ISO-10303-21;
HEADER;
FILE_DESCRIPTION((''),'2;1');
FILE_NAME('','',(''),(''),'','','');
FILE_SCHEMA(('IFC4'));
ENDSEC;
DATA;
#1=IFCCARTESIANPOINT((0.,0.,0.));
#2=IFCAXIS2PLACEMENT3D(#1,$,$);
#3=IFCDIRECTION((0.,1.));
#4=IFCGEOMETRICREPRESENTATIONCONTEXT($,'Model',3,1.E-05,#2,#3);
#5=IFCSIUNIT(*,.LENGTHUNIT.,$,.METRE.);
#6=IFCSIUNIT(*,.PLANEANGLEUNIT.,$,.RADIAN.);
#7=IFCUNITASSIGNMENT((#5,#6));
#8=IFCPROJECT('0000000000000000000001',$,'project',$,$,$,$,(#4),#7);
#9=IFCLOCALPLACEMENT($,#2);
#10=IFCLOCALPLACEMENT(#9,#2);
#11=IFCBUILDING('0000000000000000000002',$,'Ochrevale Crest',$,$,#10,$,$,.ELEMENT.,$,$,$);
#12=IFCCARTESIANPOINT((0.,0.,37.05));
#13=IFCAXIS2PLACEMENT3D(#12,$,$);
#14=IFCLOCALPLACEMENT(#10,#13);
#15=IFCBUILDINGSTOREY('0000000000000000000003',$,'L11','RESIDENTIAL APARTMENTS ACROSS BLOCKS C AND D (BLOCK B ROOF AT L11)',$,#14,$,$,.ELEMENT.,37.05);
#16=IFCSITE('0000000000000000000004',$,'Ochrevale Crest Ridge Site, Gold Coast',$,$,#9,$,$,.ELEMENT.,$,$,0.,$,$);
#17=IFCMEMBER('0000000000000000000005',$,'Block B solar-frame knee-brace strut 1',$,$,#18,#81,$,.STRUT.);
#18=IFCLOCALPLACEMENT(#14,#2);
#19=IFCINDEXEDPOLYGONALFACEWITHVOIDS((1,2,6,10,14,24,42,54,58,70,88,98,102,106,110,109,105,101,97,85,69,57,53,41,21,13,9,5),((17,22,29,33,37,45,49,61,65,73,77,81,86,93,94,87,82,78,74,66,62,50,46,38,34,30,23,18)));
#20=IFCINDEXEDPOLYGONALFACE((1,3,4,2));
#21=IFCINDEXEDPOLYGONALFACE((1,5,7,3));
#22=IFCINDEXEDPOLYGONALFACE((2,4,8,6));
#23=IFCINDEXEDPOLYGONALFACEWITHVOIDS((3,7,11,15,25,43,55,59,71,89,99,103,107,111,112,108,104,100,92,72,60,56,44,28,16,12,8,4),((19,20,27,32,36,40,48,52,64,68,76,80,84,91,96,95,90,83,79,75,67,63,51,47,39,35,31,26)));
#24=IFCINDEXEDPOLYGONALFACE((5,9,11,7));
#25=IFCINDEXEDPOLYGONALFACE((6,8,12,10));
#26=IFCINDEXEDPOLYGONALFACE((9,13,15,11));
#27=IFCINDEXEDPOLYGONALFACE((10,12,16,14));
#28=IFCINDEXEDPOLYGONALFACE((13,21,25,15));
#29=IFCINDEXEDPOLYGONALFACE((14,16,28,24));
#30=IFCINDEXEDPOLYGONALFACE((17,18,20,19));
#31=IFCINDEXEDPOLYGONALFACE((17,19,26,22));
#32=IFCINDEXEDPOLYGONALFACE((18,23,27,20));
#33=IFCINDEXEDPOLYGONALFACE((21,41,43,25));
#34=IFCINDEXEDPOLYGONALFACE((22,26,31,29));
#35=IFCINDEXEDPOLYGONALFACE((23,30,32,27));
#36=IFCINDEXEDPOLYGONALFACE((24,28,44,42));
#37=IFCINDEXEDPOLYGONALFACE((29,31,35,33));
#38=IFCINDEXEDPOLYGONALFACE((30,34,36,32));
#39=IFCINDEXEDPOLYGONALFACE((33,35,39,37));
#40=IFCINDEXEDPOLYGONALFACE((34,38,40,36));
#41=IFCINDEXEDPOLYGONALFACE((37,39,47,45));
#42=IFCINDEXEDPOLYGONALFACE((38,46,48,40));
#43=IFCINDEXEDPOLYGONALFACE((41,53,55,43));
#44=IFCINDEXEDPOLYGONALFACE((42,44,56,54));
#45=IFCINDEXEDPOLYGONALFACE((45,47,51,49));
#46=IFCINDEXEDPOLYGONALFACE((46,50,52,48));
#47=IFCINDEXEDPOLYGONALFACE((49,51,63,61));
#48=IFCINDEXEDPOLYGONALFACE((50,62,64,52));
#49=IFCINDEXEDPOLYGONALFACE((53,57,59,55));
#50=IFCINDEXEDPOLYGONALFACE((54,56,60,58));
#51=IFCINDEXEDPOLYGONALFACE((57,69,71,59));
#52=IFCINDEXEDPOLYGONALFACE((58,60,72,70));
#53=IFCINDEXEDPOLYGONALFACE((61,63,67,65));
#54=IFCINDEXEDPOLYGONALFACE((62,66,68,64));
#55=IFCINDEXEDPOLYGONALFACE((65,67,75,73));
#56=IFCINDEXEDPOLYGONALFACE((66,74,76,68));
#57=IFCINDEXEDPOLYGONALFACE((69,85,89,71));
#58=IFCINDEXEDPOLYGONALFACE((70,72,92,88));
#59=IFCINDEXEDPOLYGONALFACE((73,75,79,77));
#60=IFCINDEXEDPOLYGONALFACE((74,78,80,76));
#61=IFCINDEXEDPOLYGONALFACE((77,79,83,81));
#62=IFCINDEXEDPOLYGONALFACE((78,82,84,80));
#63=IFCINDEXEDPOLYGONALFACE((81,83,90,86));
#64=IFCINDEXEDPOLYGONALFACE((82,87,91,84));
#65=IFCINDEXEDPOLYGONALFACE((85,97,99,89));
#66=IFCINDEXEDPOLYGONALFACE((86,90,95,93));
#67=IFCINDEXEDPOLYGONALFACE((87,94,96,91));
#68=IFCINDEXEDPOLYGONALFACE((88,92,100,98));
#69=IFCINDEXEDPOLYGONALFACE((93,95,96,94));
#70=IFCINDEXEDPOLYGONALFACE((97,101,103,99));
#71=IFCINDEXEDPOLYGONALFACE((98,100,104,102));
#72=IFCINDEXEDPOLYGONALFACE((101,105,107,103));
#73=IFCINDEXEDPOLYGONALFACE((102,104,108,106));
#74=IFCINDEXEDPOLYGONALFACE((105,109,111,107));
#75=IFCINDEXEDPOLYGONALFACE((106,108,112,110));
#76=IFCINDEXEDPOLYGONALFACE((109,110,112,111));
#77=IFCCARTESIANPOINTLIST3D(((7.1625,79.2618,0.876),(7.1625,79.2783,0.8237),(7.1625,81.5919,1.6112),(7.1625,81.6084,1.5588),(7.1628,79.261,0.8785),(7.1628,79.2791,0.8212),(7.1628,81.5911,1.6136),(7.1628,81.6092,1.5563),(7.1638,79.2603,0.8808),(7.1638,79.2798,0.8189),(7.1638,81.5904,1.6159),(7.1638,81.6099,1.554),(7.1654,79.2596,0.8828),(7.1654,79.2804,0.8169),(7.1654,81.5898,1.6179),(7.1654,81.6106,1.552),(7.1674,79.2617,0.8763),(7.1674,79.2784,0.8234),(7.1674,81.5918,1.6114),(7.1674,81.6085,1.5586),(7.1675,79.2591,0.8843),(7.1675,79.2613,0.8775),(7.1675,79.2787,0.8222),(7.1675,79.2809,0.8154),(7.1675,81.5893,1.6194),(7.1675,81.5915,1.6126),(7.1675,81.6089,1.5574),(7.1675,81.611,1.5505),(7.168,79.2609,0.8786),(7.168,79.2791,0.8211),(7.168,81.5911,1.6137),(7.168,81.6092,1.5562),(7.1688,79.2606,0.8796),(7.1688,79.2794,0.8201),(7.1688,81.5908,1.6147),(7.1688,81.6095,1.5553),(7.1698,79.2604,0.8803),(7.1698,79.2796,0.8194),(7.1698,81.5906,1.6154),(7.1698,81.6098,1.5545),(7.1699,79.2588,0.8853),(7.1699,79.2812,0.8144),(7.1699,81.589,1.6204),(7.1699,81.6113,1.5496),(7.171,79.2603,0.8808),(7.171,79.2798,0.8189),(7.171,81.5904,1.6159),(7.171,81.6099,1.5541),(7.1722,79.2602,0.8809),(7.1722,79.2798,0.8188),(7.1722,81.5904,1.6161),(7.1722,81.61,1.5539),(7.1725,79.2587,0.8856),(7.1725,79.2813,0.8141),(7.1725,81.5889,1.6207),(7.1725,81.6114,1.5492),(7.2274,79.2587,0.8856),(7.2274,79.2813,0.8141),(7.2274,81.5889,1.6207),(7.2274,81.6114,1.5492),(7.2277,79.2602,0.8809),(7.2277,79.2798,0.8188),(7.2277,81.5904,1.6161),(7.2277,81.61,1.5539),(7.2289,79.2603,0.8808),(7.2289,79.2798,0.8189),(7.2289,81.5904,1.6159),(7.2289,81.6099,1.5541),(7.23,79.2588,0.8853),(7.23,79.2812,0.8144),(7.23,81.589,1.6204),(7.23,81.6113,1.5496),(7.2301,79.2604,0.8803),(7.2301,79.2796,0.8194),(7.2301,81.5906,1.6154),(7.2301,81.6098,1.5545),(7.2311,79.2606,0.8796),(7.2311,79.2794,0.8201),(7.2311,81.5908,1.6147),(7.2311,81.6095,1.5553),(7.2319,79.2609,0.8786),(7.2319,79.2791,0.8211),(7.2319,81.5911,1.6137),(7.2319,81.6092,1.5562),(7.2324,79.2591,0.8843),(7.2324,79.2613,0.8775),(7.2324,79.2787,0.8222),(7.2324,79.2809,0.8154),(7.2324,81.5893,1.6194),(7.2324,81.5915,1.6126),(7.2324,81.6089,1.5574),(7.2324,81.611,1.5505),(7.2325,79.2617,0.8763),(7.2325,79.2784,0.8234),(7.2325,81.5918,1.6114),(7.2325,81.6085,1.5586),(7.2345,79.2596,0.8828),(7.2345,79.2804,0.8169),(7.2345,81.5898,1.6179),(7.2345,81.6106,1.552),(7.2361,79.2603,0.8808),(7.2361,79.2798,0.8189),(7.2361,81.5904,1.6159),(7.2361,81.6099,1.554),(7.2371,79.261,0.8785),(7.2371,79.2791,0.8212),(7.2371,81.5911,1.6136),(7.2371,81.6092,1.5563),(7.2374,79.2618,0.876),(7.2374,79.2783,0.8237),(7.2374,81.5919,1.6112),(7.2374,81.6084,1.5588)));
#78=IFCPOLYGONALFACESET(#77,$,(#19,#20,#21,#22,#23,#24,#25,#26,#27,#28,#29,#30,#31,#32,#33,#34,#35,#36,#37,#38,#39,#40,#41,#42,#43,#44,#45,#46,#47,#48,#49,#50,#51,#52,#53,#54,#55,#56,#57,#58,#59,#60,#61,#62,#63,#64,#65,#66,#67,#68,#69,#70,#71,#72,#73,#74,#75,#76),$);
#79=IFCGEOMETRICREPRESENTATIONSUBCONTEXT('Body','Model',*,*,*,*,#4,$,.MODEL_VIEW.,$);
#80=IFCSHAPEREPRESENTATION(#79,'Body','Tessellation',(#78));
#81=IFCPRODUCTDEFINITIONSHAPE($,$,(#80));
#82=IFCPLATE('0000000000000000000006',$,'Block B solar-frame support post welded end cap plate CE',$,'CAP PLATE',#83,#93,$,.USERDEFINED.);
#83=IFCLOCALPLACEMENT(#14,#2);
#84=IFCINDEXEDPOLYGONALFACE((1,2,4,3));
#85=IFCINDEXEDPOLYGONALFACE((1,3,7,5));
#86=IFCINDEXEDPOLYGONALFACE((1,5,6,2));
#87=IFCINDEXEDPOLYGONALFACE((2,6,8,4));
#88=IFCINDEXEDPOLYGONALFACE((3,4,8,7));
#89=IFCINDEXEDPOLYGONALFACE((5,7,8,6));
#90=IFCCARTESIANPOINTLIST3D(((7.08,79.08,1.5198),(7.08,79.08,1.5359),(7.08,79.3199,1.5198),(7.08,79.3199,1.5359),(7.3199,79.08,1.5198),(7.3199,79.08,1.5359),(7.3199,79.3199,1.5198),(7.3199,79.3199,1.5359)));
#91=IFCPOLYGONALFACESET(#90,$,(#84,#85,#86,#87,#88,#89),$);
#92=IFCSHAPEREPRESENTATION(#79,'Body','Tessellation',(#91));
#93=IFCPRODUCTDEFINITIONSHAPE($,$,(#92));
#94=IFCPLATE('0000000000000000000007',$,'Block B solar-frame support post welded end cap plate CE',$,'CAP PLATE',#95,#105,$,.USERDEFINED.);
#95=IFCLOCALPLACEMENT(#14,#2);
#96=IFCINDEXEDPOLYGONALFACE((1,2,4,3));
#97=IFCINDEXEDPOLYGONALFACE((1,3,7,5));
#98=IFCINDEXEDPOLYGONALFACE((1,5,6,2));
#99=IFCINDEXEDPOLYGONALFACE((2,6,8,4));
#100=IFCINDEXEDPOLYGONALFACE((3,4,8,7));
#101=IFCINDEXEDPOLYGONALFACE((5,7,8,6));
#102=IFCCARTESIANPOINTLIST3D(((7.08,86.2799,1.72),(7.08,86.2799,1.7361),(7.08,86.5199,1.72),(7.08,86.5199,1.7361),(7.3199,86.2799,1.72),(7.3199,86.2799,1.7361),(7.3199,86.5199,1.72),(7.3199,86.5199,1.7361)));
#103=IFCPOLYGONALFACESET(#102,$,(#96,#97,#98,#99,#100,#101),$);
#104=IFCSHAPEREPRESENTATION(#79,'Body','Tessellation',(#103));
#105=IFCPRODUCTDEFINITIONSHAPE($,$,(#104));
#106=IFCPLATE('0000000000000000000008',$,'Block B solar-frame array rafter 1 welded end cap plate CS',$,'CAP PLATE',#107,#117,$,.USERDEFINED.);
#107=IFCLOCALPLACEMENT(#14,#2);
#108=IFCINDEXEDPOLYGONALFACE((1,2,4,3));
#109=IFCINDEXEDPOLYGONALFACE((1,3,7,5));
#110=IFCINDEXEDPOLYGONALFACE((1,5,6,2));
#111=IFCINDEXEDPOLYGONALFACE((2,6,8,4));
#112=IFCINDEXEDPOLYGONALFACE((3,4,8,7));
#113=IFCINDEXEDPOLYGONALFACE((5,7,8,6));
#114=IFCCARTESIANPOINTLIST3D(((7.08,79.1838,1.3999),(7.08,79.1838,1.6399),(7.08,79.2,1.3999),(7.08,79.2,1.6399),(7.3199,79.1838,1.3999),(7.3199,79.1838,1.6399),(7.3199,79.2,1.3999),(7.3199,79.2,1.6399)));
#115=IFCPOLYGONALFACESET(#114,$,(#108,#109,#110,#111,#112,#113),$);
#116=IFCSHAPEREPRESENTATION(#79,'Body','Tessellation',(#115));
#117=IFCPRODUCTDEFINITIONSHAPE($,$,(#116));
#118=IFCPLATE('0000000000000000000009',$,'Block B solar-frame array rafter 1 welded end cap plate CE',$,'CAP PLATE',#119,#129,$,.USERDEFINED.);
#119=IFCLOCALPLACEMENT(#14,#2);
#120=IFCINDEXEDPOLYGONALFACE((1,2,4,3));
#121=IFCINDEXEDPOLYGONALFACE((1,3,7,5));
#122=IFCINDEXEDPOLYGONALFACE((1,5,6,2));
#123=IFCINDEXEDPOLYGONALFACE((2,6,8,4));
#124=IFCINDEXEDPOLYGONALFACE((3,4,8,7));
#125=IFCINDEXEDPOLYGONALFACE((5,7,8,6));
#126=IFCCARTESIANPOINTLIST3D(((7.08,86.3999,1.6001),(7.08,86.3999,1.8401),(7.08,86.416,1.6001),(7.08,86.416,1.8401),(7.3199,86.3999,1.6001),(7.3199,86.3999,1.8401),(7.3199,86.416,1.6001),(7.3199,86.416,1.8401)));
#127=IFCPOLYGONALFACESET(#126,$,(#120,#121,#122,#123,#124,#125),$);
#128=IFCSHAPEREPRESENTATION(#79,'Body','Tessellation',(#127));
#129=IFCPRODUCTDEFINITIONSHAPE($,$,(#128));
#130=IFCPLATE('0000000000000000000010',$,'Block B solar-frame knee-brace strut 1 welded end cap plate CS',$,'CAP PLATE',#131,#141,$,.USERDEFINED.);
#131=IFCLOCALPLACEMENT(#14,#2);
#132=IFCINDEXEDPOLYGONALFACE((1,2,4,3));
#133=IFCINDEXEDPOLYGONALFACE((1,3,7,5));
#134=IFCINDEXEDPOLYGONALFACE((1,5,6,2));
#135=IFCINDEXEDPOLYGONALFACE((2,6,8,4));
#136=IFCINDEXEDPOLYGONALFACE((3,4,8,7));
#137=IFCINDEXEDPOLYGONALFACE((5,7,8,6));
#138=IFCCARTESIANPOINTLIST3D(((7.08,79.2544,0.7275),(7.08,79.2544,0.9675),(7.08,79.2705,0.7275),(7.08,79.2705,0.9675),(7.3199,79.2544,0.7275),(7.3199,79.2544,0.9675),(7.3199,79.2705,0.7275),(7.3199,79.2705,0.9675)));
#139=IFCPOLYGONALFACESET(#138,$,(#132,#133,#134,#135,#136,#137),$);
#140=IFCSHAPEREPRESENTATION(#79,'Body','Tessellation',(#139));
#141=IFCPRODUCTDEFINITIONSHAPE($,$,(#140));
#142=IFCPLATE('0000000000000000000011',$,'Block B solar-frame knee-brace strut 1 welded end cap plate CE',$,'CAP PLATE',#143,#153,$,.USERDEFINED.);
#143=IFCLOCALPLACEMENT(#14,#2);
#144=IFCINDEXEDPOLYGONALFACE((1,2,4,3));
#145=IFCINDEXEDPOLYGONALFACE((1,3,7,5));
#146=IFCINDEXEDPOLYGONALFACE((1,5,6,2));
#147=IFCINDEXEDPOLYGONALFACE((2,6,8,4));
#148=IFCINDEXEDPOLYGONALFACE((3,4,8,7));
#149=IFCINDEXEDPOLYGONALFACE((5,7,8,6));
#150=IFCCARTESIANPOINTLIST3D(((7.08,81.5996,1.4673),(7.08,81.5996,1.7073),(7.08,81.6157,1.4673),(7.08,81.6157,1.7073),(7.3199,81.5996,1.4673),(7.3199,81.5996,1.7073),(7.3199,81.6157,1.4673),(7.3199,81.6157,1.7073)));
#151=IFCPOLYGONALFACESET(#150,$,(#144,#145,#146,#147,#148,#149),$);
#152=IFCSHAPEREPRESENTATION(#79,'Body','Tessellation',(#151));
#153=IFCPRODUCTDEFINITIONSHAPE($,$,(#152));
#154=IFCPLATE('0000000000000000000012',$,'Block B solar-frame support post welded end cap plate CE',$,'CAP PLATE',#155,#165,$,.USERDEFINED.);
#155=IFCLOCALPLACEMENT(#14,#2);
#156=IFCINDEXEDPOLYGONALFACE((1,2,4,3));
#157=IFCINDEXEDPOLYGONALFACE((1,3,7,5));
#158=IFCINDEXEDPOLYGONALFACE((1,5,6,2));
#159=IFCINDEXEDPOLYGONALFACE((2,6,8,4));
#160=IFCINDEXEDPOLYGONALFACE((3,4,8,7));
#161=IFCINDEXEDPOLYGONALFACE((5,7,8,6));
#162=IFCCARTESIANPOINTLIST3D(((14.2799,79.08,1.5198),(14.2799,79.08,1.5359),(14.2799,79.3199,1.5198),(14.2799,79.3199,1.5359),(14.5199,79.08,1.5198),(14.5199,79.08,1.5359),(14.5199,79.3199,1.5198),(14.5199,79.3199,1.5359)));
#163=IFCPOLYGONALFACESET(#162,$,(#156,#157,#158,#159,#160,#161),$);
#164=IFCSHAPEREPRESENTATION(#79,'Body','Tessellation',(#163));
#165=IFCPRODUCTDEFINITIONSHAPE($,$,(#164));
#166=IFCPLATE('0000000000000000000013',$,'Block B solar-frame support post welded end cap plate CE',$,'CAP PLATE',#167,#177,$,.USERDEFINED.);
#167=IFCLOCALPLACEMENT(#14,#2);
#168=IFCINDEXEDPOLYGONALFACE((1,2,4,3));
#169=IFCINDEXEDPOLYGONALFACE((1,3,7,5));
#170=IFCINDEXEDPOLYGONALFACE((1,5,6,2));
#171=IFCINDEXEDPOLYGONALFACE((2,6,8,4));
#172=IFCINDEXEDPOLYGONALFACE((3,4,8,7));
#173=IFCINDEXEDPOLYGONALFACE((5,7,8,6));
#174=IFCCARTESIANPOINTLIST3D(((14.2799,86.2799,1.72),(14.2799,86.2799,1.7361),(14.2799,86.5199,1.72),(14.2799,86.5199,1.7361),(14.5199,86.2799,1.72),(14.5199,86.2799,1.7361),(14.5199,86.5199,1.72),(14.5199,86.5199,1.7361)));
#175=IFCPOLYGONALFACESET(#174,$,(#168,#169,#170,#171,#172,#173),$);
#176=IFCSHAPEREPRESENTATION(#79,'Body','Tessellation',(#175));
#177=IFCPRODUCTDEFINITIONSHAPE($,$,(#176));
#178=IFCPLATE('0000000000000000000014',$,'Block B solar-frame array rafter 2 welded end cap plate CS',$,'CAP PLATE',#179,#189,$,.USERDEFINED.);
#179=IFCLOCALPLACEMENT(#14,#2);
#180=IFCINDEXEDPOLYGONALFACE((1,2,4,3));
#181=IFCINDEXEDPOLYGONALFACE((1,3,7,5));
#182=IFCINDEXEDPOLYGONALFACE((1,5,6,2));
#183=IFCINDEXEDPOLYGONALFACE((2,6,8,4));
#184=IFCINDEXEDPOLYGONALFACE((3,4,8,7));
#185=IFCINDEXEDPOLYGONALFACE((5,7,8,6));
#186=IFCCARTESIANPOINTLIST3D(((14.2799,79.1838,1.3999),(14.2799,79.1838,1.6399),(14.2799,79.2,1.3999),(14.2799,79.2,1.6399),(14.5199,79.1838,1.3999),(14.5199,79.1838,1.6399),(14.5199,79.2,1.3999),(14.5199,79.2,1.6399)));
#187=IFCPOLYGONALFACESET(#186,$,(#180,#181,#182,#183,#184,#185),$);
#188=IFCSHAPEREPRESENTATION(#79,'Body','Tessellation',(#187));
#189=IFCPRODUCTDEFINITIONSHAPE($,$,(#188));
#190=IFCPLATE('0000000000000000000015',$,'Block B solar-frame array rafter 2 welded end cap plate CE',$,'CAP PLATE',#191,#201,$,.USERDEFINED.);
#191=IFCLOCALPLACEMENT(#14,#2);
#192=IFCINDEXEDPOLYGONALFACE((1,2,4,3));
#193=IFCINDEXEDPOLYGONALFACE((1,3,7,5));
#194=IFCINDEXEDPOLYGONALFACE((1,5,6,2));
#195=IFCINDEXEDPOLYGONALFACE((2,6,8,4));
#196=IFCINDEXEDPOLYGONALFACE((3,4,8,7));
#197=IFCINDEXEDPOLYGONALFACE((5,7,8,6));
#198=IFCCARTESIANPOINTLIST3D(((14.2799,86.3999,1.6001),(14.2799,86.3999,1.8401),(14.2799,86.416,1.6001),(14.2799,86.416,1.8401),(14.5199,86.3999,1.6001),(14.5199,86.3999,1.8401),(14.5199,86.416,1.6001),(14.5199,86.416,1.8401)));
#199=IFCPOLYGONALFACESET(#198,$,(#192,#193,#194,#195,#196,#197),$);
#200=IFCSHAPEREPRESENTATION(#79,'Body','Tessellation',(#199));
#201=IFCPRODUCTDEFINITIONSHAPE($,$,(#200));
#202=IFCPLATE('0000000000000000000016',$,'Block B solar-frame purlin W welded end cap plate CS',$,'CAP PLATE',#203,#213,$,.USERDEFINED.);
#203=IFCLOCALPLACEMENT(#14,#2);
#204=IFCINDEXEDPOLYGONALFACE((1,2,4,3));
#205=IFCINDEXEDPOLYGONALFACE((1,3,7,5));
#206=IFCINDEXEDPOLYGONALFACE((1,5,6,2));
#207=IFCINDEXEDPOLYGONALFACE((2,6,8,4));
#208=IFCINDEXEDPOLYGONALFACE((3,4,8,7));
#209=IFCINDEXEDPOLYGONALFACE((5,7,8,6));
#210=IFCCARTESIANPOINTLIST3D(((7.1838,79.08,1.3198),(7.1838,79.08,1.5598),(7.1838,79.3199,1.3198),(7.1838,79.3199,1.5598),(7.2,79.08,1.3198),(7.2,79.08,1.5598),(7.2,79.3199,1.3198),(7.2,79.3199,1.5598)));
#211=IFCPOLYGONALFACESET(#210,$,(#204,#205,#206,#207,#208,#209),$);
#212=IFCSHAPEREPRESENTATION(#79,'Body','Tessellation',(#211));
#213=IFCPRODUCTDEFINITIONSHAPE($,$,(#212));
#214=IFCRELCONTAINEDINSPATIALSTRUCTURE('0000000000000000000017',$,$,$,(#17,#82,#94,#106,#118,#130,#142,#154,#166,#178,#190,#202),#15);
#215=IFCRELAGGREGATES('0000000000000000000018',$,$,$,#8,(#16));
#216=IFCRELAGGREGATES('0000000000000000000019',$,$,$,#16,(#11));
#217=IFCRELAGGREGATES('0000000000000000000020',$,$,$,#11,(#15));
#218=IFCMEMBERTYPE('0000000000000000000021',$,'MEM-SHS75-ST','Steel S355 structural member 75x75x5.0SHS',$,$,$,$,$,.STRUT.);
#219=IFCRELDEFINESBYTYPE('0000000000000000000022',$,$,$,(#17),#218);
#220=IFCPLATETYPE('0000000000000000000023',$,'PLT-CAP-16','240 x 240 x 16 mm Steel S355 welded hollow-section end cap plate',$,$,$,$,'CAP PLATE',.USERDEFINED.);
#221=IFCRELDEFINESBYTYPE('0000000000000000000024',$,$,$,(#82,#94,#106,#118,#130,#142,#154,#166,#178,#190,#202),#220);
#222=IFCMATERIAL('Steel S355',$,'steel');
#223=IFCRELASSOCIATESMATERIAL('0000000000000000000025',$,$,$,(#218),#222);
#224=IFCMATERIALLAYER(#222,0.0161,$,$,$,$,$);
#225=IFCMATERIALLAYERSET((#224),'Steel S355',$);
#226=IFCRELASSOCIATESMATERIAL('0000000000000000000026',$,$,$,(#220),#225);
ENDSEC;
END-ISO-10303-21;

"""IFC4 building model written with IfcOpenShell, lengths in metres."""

from ifc_helpers import new_model, si_unit, direction, frame, origin, origin_2d, place, context, subcontext, project, spatial, rectangle, hollow_rectangle, extrude, material, layer, layer_set, material_profile, profile_set, type_object, element, save


model = new_model("IFC4")

# Units and contexts
model_context = context("Model", 3, precision=1e-05, world=origin(), true_north=direction((0.0, 1.0)))
body_context = subcontext(model_context, "Body", "Model", "MODEL_VIEW")
ifc_project = project(units=[si_unit("LENGTHUNIT", "METRE"), si_unit("PLANEANGLEUNIT", "RADIAN")], contexts=[model_context])

# Site, building, storey
site_placement = place(None, origin())
site = spatial("IfcSite", under=ifc_project, at=site_placement, Name="Ochrevale Crest Ridge Site, Gold Coast", CompositionType="ELEMENT", RefElevation=0.0)
building_placement = place(site_placement, origin())
building = spatial("IfcBuilding", under=site, at=building_placement, Name="Ochrevale Crest", CompositionType="ELEMENT")
storey_placement = place(building_placement, frame((0.0, 0.0, 37.05)))
storey = spatial("IfcBuildingStorey", under=building, at=storey_placement, Name="L11", Description="RESIDENTIAL APARTMENTS ACROSS BLOCKS C AND D (BLOCK B ROOF AT L11)", CompositionType="ELEMENT", Elevation=37.05)

# Shared definitions
ifc_material_1 = material(Name="Steel S355", Category="steel")

# Member
ifc_material_profile_1 = material_profile(ifc_material_1, hollow_rectangle(XDim=0.075, YDim=0.075, WallThickness=0.0049, InnerFilletRadius=0.0049, OuterFilletRadius=0.01, at=origin_2d()), Name="75x75x5.0SHS")
ifc_profile_set_1 = profile_set([ifc_material_profile_1], Name="Steel S355")
member_type_1 = type_object("IfcMemberType", Name="MEM-SHS75-ST", Description="Steel S355 structural member 75x75x5.0SHS", PredefinedType="STRUT", material=ifc_profile_set_1)
member_placement = place(storey_placement, frame((7.2, 79.27, 0.8499), z_axis=(0.0, 0.953666, 0.300868), x_axis=(-1.0, 0.0, 0.0)))
element("IfcMember", 1, at=member_placement, inside=storey, type_object=member_type_1, Name="Block B solar-frame knee-brace strut 1", PredefinedType="STRUT", context=body_context, shape_type="SweptSolid", body=[
    extrude(hollow_rectangle(XDim=0.075, YDim=0.075, WallThickness=0.0049, InnerFilletRadius=0.0049, OuterFilletRadius=0.01, at=origin_2d()), origin(), (0.0, 0.0, 1.0), 2.4434),
])

# Plates
ifc_layer_1 = layer(ifc_material_1, 0.0161)
ifc_layer_set_1 = layer_set([ifc_layer_1], Name="Steel S355")
plate_type = type_object("IfcPlateType", Name="PLT-CAP-16", Description="240 x 240 x 16 mm Steel S355 welded hollow-section end cap plate", ElementType="CAP PLATE", PredefinedType="USERDEFINED", material=ifc_layer_set_1)
for number, where, z_axis, x_axis, name in (
    (2, (7.2, 79.2, 1.5198), (0.0, 0.0, 1.0), (1.0, 0.0, 0.0), "Block B solar-frame support post welded end cap plate CE"),
    (3, (7.2, 86.3999, 1.72), (0.0, 0.0, 1.0), (1.0, 0.0, 0.0), "Block B solar-frame support post welded end cap plate CE"),
):
    element("IfcPlate", number, at=place(storey_placement, frame(where, z_axis=z_axis, x_axis=x_axis)), inside=storey, type_object=plate_type, Name=name, ObjectType="CAP PLATE", PredefinedType="USERDEFINED", context=body_context, shape_type="SweptSolid", body=[
        extrude(rectangle(XDim=0.24, YDim=0.24, at=origin_2d()), origin(), (0.0, 0.0, 1.0), 0.0161),
    ])
for number, where, z_axis, x_axis, name in (
    (4, (7.2, 79.1919, 1.3999), (0.0, 0.0, 1.0), (0.0, 1.0, 0.0), "Block B solar-frame array rafter 1 welded end cap plate CS"),
    (5, (7.2, 86.408, 1.6001), (0.0, 0.0, 1.0), (0.0, 1.0, 0.0), "Block B solar-frame array rafter 1 welded end cap plate CE"),
    (6, (7.2, 79.2625, 0.7275), (0.0, 0.0, 1.0), (0.0, 1.0, 0.0), "Block B solar-frame knee-brace strut 1 welded end cap plate CS"),
    (7, (7.2, 81.6077, 1.4673), (0.0, 0.0, 1.0), (0.0, 1.0, 0.0), "Block B solar-frame knee-brace strut 1 welded end cap plate CE"),
):
    element("IfcPlate", number, at=place(storey_placement, frame(where, z_axis=z_axis, x_axis=x_axis)), inside=storey, type_object=plate_type, Name=name, ObjectType="CAP PLATE", PredefinedType="USERDEFINED", context=body_context, shape_type="SweptSolid", body=[
        extrude(rectangle(XDim=0.0161, YDim=0.24, at=origin_2d()), origin(), (0.0, 0.0, 1.0), 0.24),
    ])
for number, where, z_axis, x_axis, name in (
    (8, (14.3999, 79.2, 1.5198), (0.0, 0.0, 1.0), (1.0, 0.0, 0.0), "Block B solar-frame support post welded end cap plate CE"),
    (9, (14.3999, 86.3999, 1.72), (0.0, 0.0, 1.0), (1.0, 0.0, 0.0), "Block B solar-frame support post welded end cap plate CE"),
):
    element("IfcPlate", number, at=place(storey_placement, frame(where, z_axis=z_axis, x_axis=x_axis)), inside=storey, type_object=plate_type, Name=name, ObjectType="CAP PLATE", PredefinedType="USERDEFINED", context=body_context, shape_type="SweptSolid", body=[
        extrude(rectangle(XDim=0.24, YDim=0.24, at=origin_2d()), origin(), (0.0, 0.0, 1.0), 0.0161),
    ])
for number, where, z_axis, x_axis, name in (
    (10, (14.3999, 79.1919, 1.3999), (0.0, 0.0, 1.0), (0.0, 1.0, 0.0), "Block B solar-frame array rafter 2 welded end cap plate CS"),
    (11, (14.3999, 86.408, 1.6001), (0.0, 0.0, 1.0), (0.0, 1.0, 0.0), "Block B solar-frame array rafter 2 welded end cap plate CE"),
    (12, (7.1919, 79.2, 1.3198), (0.0, 0.0, 1.0), (1.0, 0.0, 0.0), "Block B solar-frame purlin W welded end cap plate CS"),
):
    element("IfcPlate", number, at=place(storey_placement, frame(where, z_axis=z_axis, x_axis=x_axis)), inside=storey, type_object=plate_type, Name=name, ObjectType="CAP PLATE", PredefinedType="USERDEFINED", context=body_context, shape_type="SweptSolid", body=[
        extrude(rectangle(XDim=0.0161, YDim=0.24, at=origin_2d()), origin(), (0.0, 0.0, 1.0), 0.24),
    ])

save(model, "model.ifc")
